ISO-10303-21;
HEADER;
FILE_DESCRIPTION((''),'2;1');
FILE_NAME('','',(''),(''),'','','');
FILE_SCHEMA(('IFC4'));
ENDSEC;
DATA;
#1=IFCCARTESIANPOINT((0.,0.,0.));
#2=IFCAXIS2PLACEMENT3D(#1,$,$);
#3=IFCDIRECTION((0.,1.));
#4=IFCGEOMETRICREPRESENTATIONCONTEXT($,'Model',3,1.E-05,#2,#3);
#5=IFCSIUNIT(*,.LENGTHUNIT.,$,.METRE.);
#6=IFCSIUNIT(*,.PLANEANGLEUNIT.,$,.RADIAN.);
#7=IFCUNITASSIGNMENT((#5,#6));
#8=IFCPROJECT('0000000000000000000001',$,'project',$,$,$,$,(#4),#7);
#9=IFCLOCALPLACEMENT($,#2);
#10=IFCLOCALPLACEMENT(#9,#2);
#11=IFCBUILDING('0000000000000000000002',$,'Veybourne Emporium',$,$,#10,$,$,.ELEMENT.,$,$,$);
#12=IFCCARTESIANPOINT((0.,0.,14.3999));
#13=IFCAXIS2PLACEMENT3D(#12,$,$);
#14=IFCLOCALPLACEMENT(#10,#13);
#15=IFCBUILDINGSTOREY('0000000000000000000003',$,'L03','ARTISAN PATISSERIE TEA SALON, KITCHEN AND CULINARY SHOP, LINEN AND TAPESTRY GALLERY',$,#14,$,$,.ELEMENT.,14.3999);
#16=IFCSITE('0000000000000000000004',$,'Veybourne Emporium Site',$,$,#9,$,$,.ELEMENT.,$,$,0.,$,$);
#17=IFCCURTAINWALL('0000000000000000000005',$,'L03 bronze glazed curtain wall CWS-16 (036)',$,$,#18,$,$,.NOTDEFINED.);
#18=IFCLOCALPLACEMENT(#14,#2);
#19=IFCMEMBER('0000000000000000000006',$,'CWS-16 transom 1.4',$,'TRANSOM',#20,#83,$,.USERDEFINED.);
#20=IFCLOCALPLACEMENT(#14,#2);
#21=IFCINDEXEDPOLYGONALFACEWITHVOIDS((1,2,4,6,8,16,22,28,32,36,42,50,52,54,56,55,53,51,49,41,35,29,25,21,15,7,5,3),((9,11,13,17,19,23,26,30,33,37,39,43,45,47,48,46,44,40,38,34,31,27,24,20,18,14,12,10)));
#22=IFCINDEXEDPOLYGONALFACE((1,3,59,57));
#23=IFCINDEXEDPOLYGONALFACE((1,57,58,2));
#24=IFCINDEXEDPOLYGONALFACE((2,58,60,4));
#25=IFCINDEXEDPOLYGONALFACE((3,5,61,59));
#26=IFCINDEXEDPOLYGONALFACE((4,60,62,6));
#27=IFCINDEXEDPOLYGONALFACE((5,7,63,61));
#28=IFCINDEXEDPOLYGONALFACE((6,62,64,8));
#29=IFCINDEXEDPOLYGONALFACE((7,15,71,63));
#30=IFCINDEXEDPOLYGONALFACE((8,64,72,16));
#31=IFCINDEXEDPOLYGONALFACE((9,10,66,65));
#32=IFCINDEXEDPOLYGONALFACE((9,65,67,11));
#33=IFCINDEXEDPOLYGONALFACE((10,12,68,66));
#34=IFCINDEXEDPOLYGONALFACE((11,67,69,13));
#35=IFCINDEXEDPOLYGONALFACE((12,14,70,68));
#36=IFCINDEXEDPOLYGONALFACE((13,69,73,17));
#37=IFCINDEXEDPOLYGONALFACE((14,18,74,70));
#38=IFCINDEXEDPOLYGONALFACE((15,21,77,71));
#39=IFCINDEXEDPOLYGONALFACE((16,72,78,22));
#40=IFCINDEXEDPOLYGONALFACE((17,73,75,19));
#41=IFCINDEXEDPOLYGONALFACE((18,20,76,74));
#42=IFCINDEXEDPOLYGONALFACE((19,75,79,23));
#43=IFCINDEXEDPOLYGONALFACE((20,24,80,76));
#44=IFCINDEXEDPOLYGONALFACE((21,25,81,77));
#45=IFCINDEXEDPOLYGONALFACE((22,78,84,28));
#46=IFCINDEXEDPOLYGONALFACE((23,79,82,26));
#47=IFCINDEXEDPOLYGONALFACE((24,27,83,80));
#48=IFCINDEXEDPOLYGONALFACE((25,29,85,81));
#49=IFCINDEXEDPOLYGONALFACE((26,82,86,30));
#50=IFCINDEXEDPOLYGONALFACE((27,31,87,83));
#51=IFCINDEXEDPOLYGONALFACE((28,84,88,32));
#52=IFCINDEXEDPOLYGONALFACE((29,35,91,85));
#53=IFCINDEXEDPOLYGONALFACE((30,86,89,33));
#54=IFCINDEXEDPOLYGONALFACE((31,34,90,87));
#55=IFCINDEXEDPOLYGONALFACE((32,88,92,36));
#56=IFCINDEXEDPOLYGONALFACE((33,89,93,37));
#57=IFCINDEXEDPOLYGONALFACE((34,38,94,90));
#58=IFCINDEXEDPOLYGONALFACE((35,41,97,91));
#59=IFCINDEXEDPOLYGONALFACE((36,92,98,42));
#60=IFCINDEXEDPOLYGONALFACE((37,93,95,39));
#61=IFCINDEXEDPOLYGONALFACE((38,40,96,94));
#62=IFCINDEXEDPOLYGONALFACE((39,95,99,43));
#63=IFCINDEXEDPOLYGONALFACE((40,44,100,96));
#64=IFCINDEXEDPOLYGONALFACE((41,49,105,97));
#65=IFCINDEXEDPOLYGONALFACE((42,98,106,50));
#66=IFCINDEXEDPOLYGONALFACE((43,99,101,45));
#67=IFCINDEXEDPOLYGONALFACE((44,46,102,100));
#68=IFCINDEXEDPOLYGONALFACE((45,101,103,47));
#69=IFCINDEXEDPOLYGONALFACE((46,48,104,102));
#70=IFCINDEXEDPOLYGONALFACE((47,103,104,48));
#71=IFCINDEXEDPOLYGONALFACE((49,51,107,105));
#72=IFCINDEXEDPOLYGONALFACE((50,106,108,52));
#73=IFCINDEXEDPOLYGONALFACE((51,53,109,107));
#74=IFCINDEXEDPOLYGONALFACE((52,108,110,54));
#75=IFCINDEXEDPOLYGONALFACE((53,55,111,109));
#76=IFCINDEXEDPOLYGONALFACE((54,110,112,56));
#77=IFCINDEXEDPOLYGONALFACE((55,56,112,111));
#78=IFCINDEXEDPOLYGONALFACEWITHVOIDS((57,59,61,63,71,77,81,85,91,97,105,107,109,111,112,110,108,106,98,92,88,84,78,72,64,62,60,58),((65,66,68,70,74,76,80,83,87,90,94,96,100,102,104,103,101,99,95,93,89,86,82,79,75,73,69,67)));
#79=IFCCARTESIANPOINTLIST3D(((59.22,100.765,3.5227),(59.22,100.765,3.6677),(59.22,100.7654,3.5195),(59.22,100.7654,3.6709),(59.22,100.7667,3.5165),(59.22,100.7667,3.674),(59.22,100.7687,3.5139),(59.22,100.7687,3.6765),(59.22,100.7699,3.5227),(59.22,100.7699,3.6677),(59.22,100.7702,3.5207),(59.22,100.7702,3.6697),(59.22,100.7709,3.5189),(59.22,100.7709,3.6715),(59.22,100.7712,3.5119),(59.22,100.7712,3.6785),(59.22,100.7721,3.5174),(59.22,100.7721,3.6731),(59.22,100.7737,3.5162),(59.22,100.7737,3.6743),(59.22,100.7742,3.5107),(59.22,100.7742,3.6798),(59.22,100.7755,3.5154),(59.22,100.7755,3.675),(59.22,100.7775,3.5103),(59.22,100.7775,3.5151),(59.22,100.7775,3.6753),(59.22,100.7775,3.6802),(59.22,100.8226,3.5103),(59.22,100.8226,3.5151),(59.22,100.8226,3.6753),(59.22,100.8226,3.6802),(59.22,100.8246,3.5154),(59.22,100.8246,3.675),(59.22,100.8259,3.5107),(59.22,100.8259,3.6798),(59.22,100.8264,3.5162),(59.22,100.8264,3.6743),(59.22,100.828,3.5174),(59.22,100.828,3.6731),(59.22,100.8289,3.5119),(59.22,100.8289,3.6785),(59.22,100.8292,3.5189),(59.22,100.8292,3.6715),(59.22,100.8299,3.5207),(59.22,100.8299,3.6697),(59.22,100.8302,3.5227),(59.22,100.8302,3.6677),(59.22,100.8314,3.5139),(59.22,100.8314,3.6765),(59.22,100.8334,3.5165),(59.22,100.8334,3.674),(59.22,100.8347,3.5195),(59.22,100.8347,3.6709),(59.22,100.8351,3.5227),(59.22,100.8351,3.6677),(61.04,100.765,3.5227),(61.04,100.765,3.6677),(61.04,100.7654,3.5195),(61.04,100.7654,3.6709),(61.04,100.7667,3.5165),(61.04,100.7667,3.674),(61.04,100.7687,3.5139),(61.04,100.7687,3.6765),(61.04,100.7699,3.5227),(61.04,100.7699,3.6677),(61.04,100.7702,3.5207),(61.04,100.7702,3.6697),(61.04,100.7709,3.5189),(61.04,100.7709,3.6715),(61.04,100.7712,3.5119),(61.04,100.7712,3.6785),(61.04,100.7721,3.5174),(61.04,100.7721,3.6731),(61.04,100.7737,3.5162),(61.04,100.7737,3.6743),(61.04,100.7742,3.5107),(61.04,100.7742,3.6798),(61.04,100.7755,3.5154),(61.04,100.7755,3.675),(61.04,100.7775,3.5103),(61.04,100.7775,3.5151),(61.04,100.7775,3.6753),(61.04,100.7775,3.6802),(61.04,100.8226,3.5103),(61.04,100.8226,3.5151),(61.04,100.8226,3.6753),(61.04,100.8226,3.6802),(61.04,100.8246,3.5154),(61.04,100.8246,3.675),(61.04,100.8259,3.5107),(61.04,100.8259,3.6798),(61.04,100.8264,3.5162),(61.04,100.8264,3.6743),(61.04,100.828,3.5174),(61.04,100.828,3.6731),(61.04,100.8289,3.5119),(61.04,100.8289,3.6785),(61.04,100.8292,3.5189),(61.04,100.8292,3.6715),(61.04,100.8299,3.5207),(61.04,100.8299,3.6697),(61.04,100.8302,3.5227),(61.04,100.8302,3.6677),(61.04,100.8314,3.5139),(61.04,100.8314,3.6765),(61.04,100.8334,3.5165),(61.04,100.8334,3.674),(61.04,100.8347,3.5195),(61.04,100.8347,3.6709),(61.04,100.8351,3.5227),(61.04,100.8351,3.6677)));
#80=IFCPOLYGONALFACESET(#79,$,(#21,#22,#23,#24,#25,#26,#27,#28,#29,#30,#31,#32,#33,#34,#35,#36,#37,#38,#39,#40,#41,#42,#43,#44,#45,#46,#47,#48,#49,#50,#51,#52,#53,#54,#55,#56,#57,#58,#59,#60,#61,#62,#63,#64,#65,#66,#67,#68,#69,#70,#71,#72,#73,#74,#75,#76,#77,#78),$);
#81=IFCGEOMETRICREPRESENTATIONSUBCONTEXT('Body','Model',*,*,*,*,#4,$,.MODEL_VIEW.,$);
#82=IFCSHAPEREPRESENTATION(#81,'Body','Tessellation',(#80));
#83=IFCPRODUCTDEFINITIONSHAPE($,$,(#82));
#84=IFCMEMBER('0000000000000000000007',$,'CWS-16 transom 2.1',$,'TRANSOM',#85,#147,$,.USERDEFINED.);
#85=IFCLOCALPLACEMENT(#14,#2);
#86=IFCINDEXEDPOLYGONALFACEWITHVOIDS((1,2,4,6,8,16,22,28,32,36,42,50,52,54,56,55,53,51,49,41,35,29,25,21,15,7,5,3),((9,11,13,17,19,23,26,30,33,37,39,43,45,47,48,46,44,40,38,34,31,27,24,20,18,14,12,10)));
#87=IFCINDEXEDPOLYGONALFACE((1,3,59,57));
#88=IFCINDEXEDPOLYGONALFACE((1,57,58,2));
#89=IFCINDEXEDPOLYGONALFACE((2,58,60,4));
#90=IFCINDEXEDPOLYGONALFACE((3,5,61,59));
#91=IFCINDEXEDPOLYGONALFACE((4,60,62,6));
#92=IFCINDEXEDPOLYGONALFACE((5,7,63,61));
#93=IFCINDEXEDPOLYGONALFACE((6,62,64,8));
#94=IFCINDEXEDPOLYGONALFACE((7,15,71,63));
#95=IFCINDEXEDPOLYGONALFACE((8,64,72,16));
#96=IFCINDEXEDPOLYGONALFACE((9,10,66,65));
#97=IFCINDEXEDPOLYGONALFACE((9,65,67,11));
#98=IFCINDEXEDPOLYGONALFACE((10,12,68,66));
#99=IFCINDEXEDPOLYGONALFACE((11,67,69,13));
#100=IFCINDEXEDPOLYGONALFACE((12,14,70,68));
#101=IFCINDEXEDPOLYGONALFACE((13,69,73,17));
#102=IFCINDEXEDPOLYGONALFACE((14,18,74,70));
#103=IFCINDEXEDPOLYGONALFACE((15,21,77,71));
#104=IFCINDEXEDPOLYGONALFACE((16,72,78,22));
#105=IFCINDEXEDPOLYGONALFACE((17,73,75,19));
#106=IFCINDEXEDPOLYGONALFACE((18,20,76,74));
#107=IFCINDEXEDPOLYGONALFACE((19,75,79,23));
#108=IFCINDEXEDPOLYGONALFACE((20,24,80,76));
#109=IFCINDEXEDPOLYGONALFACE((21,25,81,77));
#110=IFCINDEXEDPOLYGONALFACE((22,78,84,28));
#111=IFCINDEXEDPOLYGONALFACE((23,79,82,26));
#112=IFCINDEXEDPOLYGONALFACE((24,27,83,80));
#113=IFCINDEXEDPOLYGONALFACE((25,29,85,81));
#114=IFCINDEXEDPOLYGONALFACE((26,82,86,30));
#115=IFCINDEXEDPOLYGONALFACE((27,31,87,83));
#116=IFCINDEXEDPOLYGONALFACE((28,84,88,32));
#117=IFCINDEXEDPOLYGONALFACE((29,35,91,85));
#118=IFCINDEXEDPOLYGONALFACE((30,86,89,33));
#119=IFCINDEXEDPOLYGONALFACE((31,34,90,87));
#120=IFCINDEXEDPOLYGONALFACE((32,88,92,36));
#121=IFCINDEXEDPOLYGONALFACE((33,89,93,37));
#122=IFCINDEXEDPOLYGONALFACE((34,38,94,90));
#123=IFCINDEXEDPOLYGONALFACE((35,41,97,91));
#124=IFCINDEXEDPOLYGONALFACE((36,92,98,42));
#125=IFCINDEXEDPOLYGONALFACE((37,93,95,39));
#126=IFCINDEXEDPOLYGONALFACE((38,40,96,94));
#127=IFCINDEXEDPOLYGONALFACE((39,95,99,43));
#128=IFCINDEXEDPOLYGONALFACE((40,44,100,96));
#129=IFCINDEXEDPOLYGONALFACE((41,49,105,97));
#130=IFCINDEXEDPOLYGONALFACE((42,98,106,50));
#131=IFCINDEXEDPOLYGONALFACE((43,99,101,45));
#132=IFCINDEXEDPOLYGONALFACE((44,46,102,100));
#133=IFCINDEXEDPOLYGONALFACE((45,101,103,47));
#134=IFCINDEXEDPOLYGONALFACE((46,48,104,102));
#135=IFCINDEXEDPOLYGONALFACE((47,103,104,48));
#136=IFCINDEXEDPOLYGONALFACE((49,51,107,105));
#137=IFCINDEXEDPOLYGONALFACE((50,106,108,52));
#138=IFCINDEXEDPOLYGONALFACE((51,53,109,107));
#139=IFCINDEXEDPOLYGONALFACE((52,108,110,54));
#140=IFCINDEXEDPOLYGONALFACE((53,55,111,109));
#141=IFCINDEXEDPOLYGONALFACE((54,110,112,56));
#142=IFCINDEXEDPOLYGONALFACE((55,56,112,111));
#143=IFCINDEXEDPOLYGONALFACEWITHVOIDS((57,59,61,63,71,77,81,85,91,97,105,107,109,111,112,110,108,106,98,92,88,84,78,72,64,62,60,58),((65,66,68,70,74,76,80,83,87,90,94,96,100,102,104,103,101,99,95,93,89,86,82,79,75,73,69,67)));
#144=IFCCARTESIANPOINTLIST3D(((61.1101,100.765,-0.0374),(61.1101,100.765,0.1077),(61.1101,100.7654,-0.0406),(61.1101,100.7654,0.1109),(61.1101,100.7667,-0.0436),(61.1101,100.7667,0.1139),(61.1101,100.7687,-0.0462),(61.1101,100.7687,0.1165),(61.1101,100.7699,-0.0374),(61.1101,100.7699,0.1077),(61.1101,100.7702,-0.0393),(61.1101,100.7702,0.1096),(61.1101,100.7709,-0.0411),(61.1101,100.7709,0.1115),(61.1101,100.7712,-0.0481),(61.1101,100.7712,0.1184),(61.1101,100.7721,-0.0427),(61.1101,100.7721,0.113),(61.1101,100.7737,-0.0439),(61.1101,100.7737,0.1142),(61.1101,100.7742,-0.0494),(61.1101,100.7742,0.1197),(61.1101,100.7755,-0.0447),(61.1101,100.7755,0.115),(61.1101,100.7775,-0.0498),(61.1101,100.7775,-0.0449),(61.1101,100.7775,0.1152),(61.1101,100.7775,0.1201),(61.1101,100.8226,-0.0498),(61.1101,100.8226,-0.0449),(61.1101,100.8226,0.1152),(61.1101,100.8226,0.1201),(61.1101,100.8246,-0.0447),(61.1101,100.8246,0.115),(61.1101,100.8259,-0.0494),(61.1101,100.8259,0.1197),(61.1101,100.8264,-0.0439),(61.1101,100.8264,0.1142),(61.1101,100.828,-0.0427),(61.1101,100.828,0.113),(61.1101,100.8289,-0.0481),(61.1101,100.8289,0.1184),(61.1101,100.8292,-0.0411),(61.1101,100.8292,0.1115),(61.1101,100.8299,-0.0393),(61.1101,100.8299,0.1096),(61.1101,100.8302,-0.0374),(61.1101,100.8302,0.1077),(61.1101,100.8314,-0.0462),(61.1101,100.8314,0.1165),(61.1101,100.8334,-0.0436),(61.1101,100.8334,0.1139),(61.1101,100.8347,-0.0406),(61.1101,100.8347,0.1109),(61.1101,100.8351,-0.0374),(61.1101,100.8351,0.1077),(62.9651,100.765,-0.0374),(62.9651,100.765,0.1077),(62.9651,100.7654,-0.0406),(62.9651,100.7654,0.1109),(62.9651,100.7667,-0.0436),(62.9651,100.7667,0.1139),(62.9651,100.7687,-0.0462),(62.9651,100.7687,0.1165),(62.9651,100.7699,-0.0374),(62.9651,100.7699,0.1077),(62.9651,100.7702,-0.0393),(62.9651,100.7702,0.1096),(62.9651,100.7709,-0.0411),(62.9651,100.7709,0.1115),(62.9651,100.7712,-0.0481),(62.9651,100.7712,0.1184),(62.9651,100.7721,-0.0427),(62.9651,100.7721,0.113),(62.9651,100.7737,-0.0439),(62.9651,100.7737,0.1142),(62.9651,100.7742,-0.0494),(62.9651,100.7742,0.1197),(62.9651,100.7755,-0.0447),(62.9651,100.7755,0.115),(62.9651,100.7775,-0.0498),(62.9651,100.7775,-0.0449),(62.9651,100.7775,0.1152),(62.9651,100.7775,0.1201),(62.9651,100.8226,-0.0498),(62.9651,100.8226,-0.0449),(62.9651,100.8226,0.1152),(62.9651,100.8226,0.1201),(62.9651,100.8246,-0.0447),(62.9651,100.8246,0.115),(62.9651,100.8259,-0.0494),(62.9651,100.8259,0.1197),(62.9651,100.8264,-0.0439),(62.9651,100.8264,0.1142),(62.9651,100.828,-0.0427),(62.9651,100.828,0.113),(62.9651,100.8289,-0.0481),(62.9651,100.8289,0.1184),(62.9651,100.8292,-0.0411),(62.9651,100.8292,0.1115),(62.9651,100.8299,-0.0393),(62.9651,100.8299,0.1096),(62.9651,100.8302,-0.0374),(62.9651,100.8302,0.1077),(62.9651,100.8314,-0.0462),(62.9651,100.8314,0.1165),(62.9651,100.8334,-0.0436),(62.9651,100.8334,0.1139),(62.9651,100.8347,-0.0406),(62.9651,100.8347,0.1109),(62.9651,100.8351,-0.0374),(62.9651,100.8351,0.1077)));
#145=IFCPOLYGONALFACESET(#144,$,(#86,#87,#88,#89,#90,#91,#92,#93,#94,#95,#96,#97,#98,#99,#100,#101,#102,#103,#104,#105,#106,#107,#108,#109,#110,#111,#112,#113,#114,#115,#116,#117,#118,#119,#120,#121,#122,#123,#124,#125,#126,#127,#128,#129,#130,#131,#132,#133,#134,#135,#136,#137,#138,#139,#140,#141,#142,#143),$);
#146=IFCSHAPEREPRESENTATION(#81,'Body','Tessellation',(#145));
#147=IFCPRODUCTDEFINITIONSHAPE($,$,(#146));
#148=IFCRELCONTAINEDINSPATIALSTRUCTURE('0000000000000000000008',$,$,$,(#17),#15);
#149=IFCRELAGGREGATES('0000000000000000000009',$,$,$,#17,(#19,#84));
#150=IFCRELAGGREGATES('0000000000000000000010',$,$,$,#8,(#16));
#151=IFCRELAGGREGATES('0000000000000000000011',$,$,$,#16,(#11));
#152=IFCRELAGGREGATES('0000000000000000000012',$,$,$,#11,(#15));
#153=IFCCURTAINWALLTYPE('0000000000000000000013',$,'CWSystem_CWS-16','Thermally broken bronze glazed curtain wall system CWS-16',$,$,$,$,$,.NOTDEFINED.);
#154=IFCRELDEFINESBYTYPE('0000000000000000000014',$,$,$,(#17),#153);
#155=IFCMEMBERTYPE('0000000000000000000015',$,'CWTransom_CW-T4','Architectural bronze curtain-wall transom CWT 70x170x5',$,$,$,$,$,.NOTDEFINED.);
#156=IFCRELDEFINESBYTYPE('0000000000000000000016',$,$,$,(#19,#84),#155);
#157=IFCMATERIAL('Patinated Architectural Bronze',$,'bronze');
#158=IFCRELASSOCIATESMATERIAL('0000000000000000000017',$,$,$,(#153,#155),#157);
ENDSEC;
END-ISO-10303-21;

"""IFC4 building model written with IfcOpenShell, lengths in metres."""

from ifc_helpers import new_model, si_unit, direction, frame, origin, origin_2d, place, context, subcontext, project, spatial, hollow_rectangle, extrude, material, material_profile, profile_set, type_object, element, aggregate, save


model = new_model("IFC4")

# Units and contexts
model_context = context("Model", 3, precision=1e-05, world=origin(), true_north=direction((0.0, 1.0)))
body_context = subcontext(model_context, "Body", "Model", "MODEL_VIEW")
ifc_project = project(units=[si_unit("LENGTHUNIT", "METRE"), si_unit("PLANEANGLEUNIT", "RADIAN")], contexts=[model_context])

# Site, building, storey
site_placement = place(None, origin())
site = spatial("IfcSite", under=ifc_project, at=site_placement, Name="Veybourne Emporium Site", CompositionType="ELEMENT", RefElevation=0.0)
building_placement = place(site_placement, origin())
building = spatial("IfcBuilding", under=site, at=building_placement, Name="Veybourne Emporium", CompositionType="ELEMENT")
storey_placement = place(building_placement, frame((0.0, 0.0, 14.3999)))
storey = spatial("IfcBuildingStorey", under=building, at=storey_placement, Name="L03", Description="ARTISAN PATISSERIE TEA SALON, KITCHEN AND CULINARY SHOP, LINEN AND TAPESTRY GALLERY", CompositionType="ELEMENT", Elevation=14.3999)

# Shared definitions
ifc_material_1 = material(Name="Patinated Architectural Bronze", Category="bronze")

# Curtain wall
curtain_wall_type_1 = type_object("IfcCurtainWallType", Name="CWSystem_CWS-16", Description="Thermally broken bronze glazed curtain wall system CWS-16", PredefinedType="NOTDEFINED", material=ifc_material_1)
curtain_wall_1_placement = place(storey_placement, origin())
curtain_wall_1 = element("IfcCurtainWall", 1, at=curtain_wall_1_placement, inside=storey, type_object=curtain_wall_type_1, Name="L03 bronze glazed curtain wall CWS-16 (036)", PredefinedType="NOTDEFINED")

# Members
ifc_material_profile_1 = material_profile(ifc_material_1, hollow_rectangle(XDim=0.0701, YDim=0.1699, WallThickness=0.0049, InnerFilletRadius=0.0076, OuterFilletRadius=0.0125, at=origin_2d()), Name="CWT 70x170x5")
ifc_profile_set_1 = profile_set([ifc_material_profile_1], Name="Patinated Architectural Bronze")
member_type_1 = type_object("IfcMemberType", Name="CWTransom_CW-T4", Description="Architectural bronze curtain-wall transom CWT 70x170x5", PredefinedType="NOTDEFINED", material=ifc_profile_set_1)
member_1_placement = place(storey_placement, frame((59.22, 100.8, 3.5952), z_axis=(1.0, 0.0, 0.0), x_axis=(0.0, 1.0, 0.0)))
member_1 = element("IfcMember", 2, at=member_1_placement, type_object=member_type_1, Name="CWS-16 transom 1.4", ObjectType="TRANSOM", PredefinedType="USERDEFINED", context=body_context, shape_type="SweptSolid", body=[
    extrude(hollow_rectangle(XDim=0.0701, YDim=0.1699, WallThickness=0.0049, InnerFilletRadius=0.0076, OuterFilletRadius=0.0125, at=origin_2d()), origin(), (0.0, 0.0, 1.0), 1.8201),
])
member_2_placement = place(storey_placement, frame((61.1101, 100.8, 0.0352), z_axis=(1.0, 0.0, 0.0), x_axis=(0.0, 1.0, 0.0)))
member_2 = element("IfcMember", 3, at=member_2_placement, type_object=member_type_1, Name="CWS-16 transom 2.1", ObjectType="TRANSOM", PredefinedType="USERDEFINED", context=body_context, shape_type="SweptSolid", body=[
    extrude(hollow_rectangle(XDim=0.0701, YDim=0.1699, WallThickness=0.0049, InnerFilletRadius=0.0076, OuterFilletRadius=0.0125, at=origin_2d()), origin(), (0.0, 0.0, 1.0), 1.855),
])

aggregate(curtain_wall_1, [member_1, member_2])

save(model, "model.ifc")
